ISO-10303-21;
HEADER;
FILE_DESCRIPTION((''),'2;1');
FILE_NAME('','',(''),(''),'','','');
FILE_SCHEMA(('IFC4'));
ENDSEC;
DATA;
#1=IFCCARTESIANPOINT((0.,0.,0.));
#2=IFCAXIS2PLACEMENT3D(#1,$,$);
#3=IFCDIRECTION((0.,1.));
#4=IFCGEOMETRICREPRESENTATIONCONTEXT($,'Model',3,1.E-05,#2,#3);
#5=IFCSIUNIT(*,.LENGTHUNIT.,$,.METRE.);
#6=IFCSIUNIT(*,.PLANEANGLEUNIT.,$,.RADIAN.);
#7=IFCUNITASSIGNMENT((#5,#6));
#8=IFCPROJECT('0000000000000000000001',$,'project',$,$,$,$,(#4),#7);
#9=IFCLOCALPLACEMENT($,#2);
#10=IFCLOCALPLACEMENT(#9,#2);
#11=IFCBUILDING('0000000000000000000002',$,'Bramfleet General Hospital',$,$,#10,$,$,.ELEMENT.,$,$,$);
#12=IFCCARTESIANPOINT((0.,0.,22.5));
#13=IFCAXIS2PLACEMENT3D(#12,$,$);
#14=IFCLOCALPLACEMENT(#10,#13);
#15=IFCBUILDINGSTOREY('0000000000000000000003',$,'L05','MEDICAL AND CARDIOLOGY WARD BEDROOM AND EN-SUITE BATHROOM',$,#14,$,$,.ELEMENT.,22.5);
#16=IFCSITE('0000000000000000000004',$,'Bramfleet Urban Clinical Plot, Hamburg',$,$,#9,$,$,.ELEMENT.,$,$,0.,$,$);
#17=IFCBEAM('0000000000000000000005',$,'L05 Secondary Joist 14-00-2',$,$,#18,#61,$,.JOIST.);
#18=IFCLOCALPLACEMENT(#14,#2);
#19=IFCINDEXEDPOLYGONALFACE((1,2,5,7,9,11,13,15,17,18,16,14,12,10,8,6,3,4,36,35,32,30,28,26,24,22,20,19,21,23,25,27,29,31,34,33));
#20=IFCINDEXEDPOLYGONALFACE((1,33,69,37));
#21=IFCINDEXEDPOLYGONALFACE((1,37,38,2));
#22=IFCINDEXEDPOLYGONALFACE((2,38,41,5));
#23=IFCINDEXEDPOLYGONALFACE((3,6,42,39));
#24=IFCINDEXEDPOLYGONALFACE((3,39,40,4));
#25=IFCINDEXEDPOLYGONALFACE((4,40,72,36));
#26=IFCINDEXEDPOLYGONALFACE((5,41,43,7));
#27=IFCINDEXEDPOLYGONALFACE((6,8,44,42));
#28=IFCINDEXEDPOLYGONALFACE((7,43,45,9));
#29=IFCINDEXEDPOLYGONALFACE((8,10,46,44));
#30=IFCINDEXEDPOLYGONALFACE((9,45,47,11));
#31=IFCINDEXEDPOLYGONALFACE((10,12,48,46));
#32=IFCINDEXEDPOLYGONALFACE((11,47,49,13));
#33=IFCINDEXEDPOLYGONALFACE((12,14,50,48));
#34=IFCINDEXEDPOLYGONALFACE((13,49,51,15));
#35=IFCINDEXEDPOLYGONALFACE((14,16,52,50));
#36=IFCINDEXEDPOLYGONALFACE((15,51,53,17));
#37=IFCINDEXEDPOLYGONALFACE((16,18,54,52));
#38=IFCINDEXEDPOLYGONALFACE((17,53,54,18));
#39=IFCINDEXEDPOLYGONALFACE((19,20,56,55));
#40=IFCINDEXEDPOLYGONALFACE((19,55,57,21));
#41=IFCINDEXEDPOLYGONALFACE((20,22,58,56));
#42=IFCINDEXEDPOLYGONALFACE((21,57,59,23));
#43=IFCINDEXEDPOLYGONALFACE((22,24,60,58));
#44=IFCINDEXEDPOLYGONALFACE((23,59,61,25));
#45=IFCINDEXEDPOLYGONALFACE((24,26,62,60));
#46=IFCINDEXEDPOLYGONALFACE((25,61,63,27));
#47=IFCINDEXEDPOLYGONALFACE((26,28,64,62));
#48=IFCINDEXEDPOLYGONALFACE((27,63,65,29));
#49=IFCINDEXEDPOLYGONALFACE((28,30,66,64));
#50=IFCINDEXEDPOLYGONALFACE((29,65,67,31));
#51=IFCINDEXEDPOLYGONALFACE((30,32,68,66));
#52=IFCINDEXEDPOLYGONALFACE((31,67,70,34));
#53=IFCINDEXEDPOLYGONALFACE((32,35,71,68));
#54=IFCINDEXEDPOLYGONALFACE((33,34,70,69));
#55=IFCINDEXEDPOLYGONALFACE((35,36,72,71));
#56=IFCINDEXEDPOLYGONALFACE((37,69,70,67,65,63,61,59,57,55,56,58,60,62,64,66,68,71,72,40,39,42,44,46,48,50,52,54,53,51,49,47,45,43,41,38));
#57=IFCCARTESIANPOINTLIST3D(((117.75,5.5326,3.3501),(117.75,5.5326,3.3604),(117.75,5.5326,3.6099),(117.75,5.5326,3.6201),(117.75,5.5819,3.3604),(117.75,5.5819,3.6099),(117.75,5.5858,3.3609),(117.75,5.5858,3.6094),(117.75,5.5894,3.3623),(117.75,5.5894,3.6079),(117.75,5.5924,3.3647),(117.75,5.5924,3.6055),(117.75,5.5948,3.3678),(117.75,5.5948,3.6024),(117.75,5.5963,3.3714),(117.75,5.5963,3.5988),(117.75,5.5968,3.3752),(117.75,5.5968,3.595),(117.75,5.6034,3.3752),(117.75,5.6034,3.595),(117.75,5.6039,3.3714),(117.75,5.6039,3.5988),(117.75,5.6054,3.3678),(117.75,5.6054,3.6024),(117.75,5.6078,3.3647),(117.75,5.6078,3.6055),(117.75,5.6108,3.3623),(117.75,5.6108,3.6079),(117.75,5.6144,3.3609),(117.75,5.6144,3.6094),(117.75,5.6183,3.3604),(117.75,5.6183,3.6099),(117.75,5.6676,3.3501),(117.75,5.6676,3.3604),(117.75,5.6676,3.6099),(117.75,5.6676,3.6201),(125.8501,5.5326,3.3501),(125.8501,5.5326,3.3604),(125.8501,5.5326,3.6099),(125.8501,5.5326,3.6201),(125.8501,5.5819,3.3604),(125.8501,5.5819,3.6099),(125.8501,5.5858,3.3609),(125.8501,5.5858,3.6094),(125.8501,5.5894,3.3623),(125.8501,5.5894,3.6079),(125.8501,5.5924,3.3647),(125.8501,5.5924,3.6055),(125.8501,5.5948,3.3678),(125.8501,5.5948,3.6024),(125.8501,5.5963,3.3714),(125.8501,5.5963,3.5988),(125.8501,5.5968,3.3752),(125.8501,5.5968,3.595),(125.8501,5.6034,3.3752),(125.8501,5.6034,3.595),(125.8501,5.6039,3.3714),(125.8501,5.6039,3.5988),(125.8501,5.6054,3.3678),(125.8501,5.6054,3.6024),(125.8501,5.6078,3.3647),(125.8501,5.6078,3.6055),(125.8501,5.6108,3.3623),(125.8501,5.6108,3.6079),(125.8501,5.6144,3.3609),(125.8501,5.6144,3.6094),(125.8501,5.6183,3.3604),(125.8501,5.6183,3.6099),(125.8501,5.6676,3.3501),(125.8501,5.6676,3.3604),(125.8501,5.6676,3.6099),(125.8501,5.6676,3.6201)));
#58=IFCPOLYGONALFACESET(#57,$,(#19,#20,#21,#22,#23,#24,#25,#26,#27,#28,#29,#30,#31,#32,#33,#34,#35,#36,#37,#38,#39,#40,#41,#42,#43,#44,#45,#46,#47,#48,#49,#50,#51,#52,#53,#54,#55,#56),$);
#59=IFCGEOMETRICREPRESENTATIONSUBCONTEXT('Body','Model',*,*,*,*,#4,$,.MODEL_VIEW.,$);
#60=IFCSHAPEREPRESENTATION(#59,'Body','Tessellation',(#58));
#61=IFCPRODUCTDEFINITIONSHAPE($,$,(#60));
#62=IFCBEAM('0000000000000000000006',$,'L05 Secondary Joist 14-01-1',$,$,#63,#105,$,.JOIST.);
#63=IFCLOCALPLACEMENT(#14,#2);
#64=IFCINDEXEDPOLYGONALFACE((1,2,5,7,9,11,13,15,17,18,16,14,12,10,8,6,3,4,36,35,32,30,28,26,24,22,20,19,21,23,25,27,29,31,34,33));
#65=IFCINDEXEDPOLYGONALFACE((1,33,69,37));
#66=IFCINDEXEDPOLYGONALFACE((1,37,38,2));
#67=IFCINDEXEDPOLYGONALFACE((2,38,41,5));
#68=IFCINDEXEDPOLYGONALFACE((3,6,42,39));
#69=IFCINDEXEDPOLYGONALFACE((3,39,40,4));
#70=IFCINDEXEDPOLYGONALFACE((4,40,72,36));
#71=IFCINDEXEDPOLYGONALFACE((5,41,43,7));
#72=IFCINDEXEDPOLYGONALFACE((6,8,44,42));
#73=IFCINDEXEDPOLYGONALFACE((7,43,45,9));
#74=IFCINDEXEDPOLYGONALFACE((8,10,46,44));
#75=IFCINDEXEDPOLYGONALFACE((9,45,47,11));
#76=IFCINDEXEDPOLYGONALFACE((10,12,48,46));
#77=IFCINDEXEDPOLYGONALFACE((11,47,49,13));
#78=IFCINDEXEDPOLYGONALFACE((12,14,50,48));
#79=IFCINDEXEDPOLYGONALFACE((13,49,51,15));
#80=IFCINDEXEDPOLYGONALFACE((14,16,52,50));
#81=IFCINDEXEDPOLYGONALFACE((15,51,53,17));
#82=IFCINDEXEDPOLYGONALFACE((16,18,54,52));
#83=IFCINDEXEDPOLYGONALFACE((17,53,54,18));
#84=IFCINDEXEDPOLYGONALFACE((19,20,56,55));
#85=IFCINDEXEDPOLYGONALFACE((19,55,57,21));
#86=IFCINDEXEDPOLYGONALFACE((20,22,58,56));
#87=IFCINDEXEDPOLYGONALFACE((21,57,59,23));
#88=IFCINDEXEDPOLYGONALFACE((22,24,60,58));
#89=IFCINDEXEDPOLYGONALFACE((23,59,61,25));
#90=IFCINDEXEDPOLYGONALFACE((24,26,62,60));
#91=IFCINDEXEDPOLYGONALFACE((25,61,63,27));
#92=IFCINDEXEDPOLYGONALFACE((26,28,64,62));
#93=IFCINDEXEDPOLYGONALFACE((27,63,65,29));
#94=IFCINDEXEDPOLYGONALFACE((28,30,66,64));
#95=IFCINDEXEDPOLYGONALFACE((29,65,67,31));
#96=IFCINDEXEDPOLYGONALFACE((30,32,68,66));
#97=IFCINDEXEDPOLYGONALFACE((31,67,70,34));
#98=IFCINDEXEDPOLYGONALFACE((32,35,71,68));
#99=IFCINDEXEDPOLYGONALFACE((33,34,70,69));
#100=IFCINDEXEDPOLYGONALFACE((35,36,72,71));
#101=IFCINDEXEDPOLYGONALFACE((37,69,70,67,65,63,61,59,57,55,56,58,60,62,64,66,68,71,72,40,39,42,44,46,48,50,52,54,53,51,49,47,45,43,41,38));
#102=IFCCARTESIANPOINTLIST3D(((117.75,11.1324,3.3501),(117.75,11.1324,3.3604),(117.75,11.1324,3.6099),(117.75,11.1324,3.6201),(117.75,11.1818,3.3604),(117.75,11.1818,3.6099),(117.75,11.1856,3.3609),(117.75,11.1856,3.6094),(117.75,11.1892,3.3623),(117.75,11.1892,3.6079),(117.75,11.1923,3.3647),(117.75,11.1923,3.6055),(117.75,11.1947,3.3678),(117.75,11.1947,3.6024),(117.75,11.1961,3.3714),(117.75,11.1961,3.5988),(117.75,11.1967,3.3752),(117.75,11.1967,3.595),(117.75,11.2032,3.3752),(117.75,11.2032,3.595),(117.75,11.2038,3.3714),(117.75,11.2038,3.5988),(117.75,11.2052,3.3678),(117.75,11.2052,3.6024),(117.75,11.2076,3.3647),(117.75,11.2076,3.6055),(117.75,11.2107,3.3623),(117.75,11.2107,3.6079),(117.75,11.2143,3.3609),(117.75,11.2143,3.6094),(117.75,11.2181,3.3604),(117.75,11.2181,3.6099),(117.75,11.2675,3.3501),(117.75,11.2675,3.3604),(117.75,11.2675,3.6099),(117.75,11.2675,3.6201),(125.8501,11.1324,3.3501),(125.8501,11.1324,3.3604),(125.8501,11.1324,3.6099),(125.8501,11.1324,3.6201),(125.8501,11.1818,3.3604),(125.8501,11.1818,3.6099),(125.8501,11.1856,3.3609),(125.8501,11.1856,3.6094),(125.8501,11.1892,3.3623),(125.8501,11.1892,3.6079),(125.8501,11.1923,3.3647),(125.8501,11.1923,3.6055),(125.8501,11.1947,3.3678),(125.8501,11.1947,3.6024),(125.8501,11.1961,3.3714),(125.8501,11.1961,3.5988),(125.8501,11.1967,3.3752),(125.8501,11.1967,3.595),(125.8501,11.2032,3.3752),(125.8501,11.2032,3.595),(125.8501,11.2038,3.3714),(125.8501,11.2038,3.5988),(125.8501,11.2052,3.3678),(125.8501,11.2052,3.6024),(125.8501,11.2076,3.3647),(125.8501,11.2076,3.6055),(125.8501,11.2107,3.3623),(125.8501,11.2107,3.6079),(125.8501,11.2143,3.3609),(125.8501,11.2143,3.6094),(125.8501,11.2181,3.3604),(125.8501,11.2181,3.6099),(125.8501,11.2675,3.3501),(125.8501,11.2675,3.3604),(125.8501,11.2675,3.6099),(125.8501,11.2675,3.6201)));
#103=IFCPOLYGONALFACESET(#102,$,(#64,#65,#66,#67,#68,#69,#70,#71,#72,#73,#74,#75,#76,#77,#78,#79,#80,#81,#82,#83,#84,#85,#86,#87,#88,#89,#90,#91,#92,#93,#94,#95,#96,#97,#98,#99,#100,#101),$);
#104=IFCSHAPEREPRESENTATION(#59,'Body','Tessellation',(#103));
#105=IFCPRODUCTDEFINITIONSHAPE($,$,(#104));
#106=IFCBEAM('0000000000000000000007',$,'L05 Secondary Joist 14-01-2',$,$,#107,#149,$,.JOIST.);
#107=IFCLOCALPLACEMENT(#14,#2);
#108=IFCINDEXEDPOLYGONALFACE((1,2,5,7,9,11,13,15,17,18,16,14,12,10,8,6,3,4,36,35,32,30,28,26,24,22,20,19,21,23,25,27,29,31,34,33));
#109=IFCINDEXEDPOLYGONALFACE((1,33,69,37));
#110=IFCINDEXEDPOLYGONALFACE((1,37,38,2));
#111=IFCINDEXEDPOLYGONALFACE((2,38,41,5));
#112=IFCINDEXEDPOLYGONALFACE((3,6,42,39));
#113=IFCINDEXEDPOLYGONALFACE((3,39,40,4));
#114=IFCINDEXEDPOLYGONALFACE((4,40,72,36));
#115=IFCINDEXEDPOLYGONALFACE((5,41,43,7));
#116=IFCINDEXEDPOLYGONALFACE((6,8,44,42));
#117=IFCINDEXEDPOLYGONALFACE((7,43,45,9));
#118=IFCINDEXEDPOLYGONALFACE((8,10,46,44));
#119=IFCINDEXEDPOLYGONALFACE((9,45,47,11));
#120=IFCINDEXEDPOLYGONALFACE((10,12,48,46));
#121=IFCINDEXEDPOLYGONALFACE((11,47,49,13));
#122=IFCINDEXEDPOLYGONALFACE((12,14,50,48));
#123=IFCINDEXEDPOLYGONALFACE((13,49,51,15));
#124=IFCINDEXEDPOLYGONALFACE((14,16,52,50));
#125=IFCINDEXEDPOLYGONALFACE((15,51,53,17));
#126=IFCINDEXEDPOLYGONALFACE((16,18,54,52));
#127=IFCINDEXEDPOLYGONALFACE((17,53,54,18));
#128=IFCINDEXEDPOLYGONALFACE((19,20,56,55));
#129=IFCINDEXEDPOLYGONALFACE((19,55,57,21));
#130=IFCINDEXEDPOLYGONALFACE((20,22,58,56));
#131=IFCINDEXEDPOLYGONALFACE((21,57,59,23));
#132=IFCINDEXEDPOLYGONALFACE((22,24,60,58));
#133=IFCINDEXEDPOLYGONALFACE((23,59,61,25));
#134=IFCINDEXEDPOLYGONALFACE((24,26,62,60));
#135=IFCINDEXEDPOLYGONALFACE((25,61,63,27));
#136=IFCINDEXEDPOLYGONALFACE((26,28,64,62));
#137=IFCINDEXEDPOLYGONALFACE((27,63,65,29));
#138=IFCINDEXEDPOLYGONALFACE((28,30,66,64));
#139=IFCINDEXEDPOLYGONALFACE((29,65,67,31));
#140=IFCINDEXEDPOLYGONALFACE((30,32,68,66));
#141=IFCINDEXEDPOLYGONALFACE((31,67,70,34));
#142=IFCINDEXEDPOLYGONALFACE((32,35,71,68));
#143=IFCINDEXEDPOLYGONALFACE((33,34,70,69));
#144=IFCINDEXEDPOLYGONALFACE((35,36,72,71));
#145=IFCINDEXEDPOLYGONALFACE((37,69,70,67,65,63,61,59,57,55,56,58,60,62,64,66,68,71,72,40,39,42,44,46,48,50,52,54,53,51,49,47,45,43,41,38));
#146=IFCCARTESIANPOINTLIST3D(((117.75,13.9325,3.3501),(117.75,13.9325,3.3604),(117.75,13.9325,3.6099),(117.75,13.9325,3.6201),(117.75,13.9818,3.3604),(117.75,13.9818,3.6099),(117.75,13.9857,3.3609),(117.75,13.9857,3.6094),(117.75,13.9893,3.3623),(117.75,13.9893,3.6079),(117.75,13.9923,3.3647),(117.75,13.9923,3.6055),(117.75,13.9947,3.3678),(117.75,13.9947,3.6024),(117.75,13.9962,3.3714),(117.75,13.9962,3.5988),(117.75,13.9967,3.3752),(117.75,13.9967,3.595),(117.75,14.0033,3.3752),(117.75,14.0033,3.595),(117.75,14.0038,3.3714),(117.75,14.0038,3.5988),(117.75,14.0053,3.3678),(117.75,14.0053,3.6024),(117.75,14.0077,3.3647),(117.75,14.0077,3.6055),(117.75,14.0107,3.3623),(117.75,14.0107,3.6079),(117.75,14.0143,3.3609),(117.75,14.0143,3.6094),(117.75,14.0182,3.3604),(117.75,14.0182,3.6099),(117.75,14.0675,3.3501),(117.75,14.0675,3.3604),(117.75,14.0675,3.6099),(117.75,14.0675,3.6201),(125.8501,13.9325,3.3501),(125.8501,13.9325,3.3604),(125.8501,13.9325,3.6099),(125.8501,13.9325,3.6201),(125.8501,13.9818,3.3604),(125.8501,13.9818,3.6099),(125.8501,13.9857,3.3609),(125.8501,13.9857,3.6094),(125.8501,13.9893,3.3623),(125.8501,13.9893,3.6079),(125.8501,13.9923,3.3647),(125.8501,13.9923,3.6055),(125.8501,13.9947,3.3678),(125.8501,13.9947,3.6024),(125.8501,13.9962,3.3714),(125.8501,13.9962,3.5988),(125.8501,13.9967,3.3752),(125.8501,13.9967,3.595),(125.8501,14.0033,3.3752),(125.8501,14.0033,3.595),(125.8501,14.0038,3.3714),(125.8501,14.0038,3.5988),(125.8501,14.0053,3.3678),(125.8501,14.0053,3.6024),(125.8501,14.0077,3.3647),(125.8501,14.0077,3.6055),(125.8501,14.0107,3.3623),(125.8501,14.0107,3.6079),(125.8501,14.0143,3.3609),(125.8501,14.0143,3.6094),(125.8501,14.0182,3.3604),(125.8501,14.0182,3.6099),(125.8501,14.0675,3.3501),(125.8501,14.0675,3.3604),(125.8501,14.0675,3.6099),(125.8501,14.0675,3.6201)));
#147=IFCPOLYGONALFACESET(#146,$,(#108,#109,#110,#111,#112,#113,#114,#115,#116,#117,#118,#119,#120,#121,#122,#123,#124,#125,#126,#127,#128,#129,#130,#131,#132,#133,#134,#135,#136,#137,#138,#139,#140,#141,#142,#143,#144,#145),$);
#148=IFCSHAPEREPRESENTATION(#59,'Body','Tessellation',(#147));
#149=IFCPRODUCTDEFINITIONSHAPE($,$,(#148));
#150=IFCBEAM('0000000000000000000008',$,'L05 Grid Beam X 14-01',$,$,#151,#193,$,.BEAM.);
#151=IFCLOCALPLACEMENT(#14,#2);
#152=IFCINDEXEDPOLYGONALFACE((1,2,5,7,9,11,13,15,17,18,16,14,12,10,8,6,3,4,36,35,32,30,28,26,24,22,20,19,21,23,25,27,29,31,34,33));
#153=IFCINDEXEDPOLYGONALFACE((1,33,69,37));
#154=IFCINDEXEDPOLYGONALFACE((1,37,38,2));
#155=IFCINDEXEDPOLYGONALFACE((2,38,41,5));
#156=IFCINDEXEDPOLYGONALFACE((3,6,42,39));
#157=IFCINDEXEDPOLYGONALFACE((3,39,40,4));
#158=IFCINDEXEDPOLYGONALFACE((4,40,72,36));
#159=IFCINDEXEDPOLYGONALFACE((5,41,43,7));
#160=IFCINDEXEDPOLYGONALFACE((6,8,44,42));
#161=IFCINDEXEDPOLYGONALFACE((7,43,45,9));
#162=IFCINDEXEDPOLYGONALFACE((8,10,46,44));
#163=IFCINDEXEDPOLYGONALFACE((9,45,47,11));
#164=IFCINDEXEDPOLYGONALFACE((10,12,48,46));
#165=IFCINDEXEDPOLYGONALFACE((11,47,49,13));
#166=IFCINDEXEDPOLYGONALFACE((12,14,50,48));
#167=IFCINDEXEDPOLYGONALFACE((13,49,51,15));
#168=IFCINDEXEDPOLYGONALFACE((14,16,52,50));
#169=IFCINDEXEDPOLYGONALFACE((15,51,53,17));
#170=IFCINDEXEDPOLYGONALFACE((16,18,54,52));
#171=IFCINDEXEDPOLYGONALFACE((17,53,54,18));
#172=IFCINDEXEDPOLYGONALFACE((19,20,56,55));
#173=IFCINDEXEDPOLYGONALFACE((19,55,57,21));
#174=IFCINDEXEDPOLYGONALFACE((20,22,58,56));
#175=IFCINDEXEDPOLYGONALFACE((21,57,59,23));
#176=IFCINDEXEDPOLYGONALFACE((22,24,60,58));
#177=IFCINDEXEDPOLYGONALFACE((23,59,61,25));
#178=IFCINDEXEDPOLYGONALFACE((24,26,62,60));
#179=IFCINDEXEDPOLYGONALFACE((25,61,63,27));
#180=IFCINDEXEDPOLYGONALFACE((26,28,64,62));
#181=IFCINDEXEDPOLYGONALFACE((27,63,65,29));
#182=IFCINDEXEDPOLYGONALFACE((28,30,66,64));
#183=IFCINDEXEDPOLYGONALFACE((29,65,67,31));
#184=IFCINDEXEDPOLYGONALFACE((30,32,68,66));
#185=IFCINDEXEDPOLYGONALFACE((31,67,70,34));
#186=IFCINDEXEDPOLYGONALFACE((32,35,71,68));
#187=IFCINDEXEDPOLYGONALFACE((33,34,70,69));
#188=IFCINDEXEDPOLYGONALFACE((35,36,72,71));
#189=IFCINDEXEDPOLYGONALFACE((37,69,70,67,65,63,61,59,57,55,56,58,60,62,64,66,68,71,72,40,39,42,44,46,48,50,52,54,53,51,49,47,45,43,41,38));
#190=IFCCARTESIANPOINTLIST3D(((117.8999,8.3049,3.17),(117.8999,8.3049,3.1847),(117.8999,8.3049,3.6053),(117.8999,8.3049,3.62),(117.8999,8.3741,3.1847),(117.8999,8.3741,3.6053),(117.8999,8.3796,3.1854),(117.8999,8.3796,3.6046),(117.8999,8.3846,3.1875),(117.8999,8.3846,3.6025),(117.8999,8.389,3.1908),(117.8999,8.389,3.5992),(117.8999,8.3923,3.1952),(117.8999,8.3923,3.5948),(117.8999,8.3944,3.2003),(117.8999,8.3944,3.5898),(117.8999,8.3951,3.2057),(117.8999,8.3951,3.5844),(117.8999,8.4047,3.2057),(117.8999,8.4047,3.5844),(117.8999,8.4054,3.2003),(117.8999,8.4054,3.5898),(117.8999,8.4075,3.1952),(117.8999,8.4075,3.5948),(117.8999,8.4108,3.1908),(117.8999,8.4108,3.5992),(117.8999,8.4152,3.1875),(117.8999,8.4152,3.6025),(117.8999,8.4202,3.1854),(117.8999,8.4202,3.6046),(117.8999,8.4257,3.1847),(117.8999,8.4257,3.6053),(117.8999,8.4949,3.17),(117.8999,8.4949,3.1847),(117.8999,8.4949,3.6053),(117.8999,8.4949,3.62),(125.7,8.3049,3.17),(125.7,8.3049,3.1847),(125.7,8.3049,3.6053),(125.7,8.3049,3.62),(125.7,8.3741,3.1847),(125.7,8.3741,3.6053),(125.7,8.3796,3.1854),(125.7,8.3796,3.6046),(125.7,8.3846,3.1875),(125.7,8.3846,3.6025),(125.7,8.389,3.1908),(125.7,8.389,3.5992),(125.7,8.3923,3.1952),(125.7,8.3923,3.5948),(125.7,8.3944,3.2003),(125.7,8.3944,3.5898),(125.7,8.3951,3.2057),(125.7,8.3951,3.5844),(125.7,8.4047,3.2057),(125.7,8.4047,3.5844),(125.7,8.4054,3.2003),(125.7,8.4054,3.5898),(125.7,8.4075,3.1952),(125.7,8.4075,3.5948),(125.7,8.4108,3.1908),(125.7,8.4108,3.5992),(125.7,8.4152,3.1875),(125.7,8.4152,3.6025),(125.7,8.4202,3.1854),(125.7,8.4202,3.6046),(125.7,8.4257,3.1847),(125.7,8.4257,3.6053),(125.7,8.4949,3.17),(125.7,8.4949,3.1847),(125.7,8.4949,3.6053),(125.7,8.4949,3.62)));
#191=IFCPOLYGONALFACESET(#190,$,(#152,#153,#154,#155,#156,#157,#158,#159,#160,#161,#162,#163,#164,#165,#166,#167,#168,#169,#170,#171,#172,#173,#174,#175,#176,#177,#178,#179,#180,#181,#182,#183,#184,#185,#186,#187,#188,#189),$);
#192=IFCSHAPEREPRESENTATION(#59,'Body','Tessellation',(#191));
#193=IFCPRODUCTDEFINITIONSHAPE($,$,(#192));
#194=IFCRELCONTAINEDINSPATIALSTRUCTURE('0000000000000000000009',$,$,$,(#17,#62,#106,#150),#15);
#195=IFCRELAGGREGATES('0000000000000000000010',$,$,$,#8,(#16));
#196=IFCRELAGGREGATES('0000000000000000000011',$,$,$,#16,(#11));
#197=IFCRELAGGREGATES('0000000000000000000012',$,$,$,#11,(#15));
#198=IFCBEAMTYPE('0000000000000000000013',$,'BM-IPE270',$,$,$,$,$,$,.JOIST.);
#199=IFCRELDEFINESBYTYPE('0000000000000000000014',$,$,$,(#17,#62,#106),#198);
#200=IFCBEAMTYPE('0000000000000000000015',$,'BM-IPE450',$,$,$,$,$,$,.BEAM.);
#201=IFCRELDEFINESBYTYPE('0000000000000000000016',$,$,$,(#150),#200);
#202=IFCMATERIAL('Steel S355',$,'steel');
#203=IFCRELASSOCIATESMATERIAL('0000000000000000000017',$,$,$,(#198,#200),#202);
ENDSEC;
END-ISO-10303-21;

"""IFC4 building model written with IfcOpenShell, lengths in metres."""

from ifc_helpers import new_model, si_unit, direction, frame, origin, origin_2d, place, context, subcontext, project, spatial, i_section, extrude, material, material_profile, profile_set, type_object, element, save


model = new_model("IFC4")

# Units and contexts
model_context = context("Model", 3, precision=1e-05, world=origin(), true_north=direction((0.0, 1.0)))
body_context = subcontext(model_context, "Body", "Model", "MODEL_VIEW")
ifc_project = project(units=[si_unit("LENGTHUNIT", "METRE"), si_unit("PLANEANGLEUNIT", "RADIAN")], contexts=[model_context])

# Site, building, storey
site_placement = place(None, origin())
site = spatial("IfcSite", under=ifc_project, at=site_placement, Name="Bramfleet Urban Clinical Plot, Hamburg", CompositionType="ELEMENT", RefElevation=0.0)
building_placement = place(site_placement, origin())
building = spatial("IfcBuilding", under=site, at=building_placement, Name="Bramfleet General Hospital", CompositionType="ELEMENT")
storey_placement = place(building_placement, frame((0.0, 0.0, 22.5)))
storey = spatial("IfcBuildingStorey", under=building, at=storey_placement, Name="L05", Description="MEDICAL AND CARDIOLOGY WARD BEDROOM AND EN-SUITE BATHROOM", CompositionType="ELEMENT", Elevation=22.5)

# Beams
ifc_material_1 = material(Name="Steel S355", Category="steel")
ifc_material_profile_1 = material_profile(ifc_material_1, i_section(OverallWidth=0.135, OverallDepth=0.27, WebThickness=0.0066, FlangeThickness=0.0103, FilletRadius=0.0149, at=origin_2d()), Name="IPE 270")
ifc_profile_set_1 = profile_set([ifc_material_profile_1], Name="Steel S355")
beam_type_1 = type_object("IfcBeamType", Name="BM-IPE270", PredefinedType="JOIST", material=ifc_profile_set_1)
for number, where, z_axis, x_axis, name in (
    (1, (117.75, 5.6001, 3.4851), (1.0, 0.0, 0.0), (0.0, 1.0, 0.0), "L05 Secondary Joist 14-00-2"),
    (2, (117.75, 11.2, 3.4851), (1.0, 0.0, 0.0), (0.0, 1.0, 0.0), "L05 Secondary Joist 14-01-1"),
    (3, (117.75, 14.0, 3.4851), (1.0, 0.0, 0.0), (0.0, 1.0, 0.0), "L05 Secondary Joist 14-01-2"),
):
    element("IfcBeam", number, at=place(storey_placement, frame(where, z_axis=z_axis, x_axis=x_axis)), inside=storey, type_object=beam_type_1, Name=name, PredefinedType="JOIST", context=body_context, shape_type="SweptSolid", body=[
        extrude(i_section(OverallWidth=0.135, OverallDepth=0.27, WebThickness=0.0066, FlangeThickness=0.0103, FilletRadius=0.0149, at=origin_2d()), origin(), (0.0, 0.0, 1.0), 8.1001),
    ])
ifc_material_profile_2 = material_profile(ifc_material_1, i_section(OverallWidth=0.1899, OverallDepth=0.45, WebThickness=0.0095, FlangeThickness=0.0146, FilletRadius=0.021, at=origin_2d()), Name="IPE 450")
ifc_profile_set_2 = profile_set([ifc_material_profile_2], Name="Steel S355")
beam_type_2 = type_object("IfcBeamType", Name="BM-IPE450", PredefinedType="BEAM", material=ifc_profile_set_2)
for number, where, z_axis, x_axis, name in (
    (4, (117.8999, 8.3999, 3.395), (1.0, 0.0, 0.0), (0.0, 1.0, 0.0), "L05 Grid Beam X 14-01"),
):
    element("IfcBeam", number, at=place(storey_placement, frame(where, z_axis=z_axis, x_axis=x_axis)), inside=storey, type_object=beam_type_2, Name=name, PredefinedType="BEAM", context=body_context, shape_type="SweptSolid", body=[
        extrude(i_section(OverallWidth=0.1899, OverallDepth=0.45, WebThickness=0.0095, FlangeThickness=0.0146, FilletRadius=0.021, at=origin_2d()), origin(), (0.0, 0.0, 1.0), 7.8),
    ])

save(model, "model.ifc")
